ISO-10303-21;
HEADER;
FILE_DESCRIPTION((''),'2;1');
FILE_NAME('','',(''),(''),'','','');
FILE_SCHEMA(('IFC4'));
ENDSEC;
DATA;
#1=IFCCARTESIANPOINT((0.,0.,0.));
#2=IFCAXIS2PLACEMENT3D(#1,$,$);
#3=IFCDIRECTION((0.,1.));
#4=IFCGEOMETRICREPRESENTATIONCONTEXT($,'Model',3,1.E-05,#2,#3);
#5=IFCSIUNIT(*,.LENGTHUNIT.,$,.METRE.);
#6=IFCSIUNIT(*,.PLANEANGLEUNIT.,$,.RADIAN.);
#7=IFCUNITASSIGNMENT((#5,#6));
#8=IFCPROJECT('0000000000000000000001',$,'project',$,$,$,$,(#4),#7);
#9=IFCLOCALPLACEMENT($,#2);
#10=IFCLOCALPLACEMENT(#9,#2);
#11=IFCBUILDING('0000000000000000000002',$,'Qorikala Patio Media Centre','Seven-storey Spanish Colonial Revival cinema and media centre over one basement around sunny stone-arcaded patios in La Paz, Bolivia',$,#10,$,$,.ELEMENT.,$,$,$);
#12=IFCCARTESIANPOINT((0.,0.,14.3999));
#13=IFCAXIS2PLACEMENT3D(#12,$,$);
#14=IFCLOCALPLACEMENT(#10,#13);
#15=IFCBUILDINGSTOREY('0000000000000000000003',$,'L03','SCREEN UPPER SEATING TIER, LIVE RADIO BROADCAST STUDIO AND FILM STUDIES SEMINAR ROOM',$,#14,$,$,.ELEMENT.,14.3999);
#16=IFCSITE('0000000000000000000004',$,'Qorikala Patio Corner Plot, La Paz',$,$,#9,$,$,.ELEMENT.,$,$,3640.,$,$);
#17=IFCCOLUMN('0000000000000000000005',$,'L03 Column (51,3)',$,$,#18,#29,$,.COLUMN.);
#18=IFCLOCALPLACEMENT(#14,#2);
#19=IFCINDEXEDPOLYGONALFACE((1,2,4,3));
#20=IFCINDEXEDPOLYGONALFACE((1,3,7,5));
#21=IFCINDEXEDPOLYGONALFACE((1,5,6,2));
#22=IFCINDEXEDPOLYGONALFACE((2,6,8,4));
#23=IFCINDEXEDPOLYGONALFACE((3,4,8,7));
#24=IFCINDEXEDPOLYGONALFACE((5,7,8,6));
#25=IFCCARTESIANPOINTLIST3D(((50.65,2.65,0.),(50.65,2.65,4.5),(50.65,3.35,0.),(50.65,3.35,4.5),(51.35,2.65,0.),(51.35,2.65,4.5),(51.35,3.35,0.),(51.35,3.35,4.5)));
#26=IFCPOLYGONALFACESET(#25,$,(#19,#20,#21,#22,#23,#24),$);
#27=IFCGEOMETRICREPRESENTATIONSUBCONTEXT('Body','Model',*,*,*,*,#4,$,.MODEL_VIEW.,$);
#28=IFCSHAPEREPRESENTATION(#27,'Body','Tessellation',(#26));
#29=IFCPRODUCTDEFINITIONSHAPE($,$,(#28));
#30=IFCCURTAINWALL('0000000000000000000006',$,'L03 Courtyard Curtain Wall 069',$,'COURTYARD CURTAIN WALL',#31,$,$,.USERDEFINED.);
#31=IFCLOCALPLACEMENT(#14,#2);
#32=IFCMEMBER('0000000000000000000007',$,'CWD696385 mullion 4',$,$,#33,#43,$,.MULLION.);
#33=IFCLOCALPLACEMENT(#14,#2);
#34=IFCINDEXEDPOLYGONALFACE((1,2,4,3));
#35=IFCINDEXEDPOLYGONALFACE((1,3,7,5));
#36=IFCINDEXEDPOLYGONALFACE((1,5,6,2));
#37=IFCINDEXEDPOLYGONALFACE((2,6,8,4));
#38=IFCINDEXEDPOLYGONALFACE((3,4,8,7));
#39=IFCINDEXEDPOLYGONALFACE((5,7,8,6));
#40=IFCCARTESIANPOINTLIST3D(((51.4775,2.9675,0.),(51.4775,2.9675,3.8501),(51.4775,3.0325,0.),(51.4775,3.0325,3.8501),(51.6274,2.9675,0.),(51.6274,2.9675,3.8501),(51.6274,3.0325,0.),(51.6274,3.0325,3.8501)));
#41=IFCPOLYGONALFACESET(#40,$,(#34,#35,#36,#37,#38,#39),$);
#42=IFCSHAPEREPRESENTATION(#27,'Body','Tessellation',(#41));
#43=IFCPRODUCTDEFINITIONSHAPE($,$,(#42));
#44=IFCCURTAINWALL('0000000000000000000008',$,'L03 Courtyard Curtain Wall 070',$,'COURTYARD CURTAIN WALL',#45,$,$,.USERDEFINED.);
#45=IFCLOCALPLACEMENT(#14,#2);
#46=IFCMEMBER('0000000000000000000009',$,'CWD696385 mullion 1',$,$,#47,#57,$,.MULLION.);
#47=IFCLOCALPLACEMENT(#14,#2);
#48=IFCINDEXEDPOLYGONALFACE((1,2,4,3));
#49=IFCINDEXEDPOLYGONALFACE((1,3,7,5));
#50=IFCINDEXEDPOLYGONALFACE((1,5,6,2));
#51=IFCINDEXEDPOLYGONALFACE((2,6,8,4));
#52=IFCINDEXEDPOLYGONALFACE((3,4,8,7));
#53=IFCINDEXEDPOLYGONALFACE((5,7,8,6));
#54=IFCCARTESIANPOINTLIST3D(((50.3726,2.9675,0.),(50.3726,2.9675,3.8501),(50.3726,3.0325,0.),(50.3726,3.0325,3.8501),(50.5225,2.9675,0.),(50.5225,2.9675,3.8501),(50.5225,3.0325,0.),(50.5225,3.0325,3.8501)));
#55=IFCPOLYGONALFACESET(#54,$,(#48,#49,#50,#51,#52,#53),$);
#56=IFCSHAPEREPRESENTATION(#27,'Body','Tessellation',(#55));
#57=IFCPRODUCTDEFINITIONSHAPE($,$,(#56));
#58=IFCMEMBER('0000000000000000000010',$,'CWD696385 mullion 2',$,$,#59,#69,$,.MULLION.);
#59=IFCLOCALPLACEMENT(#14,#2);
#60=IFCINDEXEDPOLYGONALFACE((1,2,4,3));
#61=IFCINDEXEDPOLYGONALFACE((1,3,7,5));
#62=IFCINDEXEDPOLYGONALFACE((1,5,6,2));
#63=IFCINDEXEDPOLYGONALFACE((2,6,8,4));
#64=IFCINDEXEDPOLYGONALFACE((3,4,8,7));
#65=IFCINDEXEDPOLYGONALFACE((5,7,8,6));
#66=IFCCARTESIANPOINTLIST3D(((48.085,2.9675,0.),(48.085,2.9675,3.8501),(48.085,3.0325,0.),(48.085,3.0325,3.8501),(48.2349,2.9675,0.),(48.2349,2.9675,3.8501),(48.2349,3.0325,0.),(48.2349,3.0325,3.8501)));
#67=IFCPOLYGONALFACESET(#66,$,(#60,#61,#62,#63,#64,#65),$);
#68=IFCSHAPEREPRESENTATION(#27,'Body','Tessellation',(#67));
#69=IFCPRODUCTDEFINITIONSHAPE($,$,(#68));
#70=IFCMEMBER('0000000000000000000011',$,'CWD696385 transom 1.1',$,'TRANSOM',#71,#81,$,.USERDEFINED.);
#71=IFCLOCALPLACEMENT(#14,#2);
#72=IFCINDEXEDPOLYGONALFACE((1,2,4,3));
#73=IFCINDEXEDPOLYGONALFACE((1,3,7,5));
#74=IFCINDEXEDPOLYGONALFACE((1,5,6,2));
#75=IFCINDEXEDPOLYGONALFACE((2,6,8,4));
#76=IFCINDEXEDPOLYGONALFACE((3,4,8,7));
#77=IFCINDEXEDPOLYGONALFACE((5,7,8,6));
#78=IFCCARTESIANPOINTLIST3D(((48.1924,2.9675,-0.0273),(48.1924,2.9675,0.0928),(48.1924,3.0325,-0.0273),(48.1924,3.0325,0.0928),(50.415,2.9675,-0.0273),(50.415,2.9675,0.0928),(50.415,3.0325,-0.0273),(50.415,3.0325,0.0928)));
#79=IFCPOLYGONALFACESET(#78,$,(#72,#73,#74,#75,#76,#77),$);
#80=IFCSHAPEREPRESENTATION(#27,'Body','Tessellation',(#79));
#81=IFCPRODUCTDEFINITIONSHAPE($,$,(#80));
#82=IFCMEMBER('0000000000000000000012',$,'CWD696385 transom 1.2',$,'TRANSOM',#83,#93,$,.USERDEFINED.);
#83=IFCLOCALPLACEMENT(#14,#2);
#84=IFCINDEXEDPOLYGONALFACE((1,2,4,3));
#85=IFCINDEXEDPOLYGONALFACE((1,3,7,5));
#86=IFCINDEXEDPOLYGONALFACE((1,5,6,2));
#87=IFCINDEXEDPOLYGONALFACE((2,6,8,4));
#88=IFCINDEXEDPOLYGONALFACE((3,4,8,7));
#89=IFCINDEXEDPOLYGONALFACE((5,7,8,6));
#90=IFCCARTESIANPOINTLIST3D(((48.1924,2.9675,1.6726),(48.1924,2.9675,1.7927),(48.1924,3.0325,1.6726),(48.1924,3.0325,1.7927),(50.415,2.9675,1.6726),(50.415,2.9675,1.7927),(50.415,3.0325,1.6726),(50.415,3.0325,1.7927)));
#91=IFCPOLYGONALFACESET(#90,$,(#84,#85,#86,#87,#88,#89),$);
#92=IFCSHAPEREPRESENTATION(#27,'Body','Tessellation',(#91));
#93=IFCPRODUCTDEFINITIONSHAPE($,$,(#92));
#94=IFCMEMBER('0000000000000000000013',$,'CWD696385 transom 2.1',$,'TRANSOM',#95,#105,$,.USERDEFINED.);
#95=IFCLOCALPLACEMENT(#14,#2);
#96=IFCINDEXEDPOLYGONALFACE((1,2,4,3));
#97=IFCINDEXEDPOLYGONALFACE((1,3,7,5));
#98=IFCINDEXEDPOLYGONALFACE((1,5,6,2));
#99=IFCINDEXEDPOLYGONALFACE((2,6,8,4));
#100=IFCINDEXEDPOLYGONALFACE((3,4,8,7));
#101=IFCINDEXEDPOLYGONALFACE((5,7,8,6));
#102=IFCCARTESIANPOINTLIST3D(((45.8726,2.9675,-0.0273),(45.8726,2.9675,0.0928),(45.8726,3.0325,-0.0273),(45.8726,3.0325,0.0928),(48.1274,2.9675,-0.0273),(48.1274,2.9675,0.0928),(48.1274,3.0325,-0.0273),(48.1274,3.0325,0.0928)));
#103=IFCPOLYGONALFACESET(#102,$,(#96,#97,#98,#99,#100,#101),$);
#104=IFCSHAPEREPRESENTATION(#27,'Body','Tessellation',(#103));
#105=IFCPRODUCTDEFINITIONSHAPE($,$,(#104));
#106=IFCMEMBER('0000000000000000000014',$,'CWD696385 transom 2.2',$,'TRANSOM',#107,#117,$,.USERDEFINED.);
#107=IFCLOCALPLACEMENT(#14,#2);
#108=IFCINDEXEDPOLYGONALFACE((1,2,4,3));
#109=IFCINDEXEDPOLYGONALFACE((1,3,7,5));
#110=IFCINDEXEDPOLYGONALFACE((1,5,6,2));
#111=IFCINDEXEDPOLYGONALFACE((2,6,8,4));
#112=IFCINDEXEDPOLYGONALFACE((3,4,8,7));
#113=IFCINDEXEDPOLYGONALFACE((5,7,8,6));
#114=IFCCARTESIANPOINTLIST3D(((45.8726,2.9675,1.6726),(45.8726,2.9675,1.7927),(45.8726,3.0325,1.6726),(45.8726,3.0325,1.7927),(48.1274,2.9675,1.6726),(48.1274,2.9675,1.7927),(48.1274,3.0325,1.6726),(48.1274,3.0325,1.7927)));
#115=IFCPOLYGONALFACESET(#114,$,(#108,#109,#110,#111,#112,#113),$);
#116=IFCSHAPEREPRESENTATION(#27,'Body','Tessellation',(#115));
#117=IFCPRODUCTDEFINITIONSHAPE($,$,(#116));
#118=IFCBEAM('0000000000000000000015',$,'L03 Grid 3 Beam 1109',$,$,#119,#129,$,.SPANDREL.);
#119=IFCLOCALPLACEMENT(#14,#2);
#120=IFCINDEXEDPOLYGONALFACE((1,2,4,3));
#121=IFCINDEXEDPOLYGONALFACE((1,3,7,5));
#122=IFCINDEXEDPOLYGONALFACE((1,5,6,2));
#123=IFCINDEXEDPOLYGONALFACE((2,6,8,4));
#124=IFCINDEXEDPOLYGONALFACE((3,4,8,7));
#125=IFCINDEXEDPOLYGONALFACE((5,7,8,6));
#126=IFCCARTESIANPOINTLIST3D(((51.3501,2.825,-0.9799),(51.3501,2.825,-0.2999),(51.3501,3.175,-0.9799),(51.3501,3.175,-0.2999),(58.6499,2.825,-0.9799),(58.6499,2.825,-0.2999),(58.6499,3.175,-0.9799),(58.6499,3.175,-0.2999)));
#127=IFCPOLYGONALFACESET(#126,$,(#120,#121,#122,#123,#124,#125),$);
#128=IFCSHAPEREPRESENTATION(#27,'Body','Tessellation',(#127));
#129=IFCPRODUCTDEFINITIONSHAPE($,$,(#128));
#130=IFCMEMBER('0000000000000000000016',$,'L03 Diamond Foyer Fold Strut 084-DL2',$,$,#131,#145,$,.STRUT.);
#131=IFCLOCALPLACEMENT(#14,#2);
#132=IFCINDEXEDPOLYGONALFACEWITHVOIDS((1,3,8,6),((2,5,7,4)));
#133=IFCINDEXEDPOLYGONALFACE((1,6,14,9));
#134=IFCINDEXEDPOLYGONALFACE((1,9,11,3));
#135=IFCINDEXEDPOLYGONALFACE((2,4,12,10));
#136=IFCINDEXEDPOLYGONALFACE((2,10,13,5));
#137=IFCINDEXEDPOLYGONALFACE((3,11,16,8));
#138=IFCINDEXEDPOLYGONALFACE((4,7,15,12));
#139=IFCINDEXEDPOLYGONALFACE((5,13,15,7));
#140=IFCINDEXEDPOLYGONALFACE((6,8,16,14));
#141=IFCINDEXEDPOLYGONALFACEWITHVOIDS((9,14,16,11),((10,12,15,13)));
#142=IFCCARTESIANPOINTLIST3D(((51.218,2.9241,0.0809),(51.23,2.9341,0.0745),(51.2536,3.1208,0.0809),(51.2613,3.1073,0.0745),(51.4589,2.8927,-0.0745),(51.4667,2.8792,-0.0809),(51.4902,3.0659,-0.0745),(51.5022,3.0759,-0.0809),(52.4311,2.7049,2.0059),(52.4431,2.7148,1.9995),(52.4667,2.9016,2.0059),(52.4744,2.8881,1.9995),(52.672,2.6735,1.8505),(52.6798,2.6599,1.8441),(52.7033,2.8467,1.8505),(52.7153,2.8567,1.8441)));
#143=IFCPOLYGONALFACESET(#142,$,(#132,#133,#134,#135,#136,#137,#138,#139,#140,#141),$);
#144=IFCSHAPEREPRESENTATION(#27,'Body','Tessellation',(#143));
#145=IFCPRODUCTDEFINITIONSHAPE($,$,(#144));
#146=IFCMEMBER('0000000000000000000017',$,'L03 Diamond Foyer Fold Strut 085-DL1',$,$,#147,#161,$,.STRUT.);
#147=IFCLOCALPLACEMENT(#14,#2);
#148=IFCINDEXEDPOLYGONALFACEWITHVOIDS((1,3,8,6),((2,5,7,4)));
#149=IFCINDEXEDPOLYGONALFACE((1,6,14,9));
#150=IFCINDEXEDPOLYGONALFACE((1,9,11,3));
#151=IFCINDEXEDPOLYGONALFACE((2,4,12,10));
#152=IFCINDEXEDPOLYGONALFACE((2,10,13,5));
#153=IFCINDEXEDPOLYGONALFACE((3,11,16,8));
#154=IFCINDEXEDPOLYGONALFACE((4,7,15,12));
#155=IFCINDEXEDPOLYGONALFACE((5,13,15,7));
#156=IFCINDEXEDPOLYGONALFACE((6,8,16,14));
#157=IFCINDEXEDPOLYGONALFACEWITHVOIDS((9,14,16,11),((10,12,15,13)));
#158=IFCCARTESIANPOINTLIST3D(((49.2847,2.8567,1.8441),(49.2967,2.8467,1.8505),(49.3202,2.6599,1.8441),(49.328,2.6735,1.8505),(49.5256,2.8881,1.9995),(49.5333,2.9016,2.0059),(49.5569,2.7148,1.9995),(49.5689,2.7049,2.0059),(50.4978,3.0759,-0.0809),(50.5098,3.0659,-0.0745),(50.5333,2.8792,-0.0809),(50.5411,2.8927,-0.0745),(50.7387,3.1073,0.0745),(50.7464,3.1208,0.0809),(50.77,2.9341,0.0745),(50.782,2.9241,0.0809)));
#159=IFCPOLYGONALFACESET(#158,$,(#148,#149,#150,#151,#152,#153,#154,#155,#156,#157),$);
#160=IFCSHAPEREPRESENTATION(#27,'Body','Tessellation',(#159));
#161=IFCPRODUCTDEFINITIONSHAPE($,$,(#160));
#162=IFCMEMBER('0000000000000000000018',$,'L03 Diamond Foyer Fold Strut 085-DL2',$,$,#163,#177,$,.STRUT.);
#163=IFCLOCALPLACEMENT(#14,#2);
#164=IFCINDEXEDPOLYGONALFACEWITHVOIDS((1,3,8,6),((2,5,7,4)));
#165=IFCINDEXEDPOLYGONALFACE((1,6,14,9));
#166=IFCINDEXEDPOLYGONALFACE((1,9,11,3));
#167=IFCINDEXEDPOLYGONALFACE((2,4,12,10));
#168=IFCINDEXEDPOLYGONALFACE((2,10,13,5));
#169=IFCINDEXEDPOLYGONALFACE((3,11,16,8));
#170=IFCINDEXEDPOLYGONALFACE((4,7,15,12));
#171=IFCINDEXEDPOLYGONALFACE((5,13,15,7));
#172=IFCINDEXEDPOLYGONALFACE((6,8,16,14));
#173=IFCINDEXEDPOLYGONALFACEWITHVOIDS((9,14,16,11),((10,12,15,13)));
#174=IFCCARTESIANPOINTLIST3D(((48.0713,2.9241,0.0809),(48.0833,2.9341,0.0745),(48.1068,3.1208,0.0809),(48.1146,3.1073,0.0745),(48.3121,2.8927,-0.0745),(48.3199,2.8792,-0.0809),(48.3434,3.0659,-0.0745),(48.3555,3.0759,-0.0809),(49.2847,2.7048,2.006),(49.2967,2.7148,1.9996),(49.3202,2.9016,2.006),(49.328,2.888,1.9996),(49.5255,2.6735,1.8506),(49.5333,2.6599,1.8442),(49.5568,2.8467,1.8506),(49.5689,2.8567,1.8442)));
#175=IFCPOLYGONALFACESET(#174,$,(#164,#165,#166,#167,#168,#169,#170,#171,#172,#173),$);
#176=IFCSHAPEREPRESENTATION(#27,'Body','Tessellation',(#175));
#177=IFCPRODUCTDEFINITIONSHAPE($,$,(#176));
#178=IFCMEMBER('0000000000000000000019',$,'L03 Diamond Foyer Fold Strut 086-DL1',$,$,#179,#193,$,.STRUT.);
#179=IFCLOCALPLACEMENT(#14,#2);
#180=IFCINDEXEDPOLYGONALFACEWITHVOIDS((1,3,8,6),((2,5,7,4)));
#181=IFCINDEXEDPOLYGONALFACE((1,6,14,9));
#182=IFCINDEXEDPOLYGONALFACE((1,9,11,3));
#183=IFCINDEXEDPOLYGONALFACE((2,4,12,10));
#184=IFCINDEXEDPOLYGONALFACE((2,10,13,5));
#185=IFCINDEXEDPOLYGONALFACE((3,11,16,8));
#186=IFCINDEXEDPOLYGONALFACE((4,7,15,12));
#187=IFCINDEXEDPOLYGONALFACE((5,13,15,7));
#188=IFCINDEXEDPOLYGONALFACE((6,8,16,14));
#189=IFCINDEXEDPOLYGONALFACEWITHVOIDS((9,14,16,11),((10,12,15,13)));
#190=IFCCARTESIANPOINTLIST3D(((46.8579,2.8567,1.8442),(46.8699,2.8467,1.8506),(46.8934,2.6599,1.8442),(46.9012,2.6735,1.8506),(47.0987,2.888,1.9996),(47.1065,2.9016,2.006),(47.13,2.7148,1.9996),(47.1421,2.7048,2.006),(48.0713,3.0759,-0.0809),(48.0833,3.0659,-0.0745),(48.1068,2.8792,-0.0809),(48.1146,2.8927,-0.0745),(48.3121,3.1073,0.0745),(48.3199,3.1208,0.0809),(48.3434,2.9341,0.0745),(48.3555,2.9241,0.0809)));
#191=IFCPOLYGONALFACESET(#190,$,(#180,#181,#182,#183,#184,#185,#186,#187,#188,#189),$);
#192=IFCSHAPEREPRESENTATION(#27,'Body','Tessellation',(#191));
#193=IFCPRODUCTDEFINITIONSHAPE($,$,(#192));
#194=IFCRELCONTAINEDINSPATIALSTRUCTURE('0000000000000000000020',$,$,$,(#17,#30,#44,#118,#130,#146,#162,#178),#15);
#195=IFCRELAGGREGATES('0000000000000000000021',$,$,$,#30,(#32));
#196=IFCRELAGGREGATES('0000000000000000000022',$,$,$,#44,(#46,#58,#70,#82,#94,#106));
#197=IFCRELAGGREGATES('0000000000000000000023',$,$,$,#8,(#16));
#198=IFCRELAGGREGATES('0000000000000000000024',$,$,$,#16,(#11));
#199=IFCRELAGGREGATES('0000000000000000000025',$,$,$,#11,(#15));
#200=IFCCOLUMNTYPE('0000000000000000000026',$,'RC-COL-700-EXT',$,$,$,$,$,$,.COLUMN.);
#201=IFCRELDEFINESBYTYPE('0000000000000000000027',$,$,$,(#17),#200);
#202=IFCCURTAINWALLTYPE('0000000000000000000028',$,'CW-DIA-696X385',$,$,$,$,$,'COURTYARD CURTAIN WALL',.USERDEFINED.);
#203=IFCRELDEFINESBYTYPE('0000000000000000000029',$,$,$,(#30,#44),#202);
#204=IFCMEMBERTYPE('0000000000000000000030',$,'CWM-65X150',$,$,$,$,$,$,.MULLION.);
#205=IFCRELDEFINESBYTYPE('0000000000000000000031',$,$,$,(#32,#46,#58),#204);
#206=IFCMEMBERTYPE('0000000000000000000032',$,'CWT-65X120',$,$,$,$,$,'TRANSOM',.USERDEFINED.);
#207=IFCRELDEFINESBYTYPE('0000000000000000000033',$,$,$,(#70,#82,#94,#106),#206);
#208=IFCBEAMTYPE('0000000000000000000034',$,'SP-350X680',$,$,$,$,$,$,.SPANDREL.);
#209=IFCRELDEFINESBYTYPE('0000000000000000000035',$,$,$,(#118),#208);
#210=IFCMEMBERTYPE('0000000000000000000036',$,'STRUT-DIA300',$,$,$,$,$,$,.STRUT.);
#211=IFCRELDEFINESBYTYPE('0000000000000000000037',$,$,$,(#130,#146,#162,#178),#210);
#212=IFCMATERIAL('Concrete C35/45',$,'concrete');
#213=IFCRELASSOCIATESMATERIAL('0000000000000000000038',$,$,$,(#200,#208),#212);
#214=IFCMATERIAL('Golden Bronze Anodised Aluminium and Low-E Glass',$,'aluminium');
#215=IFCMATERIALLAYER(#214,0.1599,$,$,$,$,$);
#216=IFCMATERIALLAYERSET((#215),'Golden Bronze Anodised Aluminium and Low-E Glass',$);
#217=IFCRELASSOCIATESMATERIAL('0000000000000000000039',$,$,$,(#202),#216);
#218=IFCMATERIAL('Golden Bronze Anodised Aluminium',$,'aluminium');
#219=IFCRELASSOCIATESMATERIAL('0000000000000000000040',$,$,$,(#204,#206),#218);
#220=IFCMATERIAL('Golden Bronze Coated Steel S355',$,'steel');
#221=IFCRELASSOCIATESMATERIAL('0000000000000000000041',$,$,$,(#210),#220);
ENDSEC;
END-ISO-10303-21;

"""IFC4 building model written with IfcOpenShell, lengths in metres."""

from ifc_helpers import new_model, si_unit, direction, frame, origin, origin_2d, place, context, subcontext, project, spatial, rectangle, hollow_rectangle, extrude, material, layer, layer_set, material_profile, profile_set, type_object, element, aggregate, save


model = new_model("IFC4")

# Units and contexts
model_context = context("Model", 3, precision=1e-05, world=origin(), true_north=direction((0.0, 1.0)))
body_context = subcontext(model_context, "Body", "Model", "MODEL_VIEW")
ifc_project = project(units=[si_unit("LENGTHUNIT", "METRE"), si_unit("PLANEANGLEUNIT", "RADIAN")], contexts=[model_context])

# Site, building, storey
site_placement = place(None, origin())
site = spatial("IfcSite", under=ifc_project, at=site_placement, Name="Qorikala Patio Corner Plot, La Paz", CompositionType="ELEMENT", RefElevation=3640.0)
building_placement = place(site_placement, origin())
building = spatial("IfcBuilding", under=site, at=building_placement, Name="Qorikala Patio Media Centre", Description="Seven-storey Spanish Colonial Revival cinema and media centre over one basement around sunny stone-arcaded patios in La Paz, Bolivia", CompositionType="ELEMENT")
storey_placement = place(building_placement, frame((0.0, 0.0, 14.3999)))
storey = spatial("IfcBuildingStorey", under=building, at=storey_placement, Name="L03", Description="SCREEN UPPER SEATING TIER, LIVE RADIO BROADCAST STUDIO AND FILM STUDIES SEMINAR ROOM", CompositionType="ELEMENT", Elevation=14.3999)

# Column
ifc_material_1 = material(Name="Concrete C35/45", Category="concrete")
ifc_material_profile_1 = material_profile(ifc_material_1, rectangle(XDim=0.7, YDim=0.7, at=origin_2d()), Name="RC 700x700")
ifc_profile_set_1 = profile_set([ifc_material_profile_1], Name="Concrete C35/45")
column_type = type_object("IfcColumnType", Name="RC-COL-700-EXT", PredefinedType="COLUMN", material=ifc_profile_set_1)
column_placement = place(storey_placement, frame((51.0, 3.0, 0.0), z_axis=(0.0, 0.0, 1.0), x_axis=(1.0, 0.0, 0.0)))
element("IfcColumn", 1, at=column_placement, inside=storey, type_object=column_type, Name="L03 Column (51,3)", PredefinedType="COLUMN", context=body_context, shape_type="SweptSolid", body=[
    extrude(rectangle(XDim=0.7, YDim=0.7, at=origin_2d()), origin(), (0.0, 0.0, 1.0), 4.5),
])

# Curtain wall, member
ifc_material_2 = material(Name="Golden Bronze Anodised Aluminium and Low-E Glass", Category="aluminium")
ifc_layer_1 = layer(ifc_material_2, 0.1599)
ifc_layer_set_1 = layer_set([ifc_layer_1], Name="Golden Bronze Anodised Aluminium and Low-E Glass")
curtain_wall_type = type_object("IfcCurtainWallType", Name="CW-DIA-696X385", ElementType="COURTYARD CURTAIN WALL", PredefinedType="USERDEFINED", material=ifc_layer_set_1)
curtain_wall_1_placement = place(storey_placement, origin())
curtain_wall_1 = element("IfcCurtainWall", 2, at=curtain_wall_1_placement, inside=storey, type_object=curtain_wall_type, Name="L03 Courtyard Curtain Wall 069", ObjectType="COURTYARD CURTAIN WALL", PredefinedType="USERDEFINED")
ifc_material_3 = material(Name="Golden Bronze Anodised Aluminium", Category="aluminium")
ifc_material_profile_2 = material_profile(ifc_material_3, rectangle(XDim=0.0649, YDim=0.1499, at=origin_2d()), Name="ALU MULLION 65x150")
ifc_profile_set_2 = profile_set([ifc_material_profile_2], Name="Golden Bronze Anodised Aluminium")
member_type_1 = type_object("IfcMemberType", Name="CWM-65X150", PredefinedType="MULLION", material=ifc_profile_set_2)
member_1_placement = place(storey_placement, frame((51.5525, 3.0, 0.0), z_axis=(0.0, 0.0, 1.0), x_axis=(0.0, -1.0, 0.0)))
member_1 = element("IfcMember", 3, at=member_1_placement, type_object=member_type_1, Name="CWD696385 mullion 4", PredefinedType="MULLION", context=body_context, shape_type="SweptSolid", body=[
    extrude(rectangle(XDim=0.0649, YDim=0.1499, at=origin_2d()), origin(), (0.0, 0.0, 1.0), 3.8501),
])
aggregate(curtain_wall_1, [member_1])

# Curtain wall, members
curtain_wall_2_placement = place(storey_placement, origin())
curtain_wall_2 = element("IfcCurtainWall", 4, at=curtain_wall_2_placement, inside=storey, type_object=curtain_wall_type, Name="L03 Courtyard Curtain Wall 070", ObjectType="COURTYARD CURTAIN WALL", PredefinedType="USERDEFINED")
member_2_placement = place(storey_placement, frame((50.4475, 3.0, 0.0), z_axis=(0.0, 0.0, 1.0), x_axis=(0.0, -1.0, 0.0)))
member_2 = element("IfcMember", 5, at=member_2_placement, type_object=member_type_1, Name="CWD696385 mullion 1", PredefinedType="MULLION", context=body_context, shape_type="SweptSolid", body=[
    extrude(rectangle(XDim=0.0649, YDim=0.1499, at=origin_2d()), origin(), (0.0, 0.0, 1.0), 3.8501),
])
member_3_placement = place(storey_placement, frame((48.1599, 3.0, 0.0), z_axis=(0.0, 0.0, 1.0), x_axis=(0.0, -1.0, 0.0)))
member_3 = element("IfcMember", 6, at=member_3_placement, type_object=member_type_1, Name="CWD696385 mullion 2", PredefinedType="MULLION", context=body_context, shape_type="SweptSolid", body=[
    extrude(rectangle(XDim=0.0649, YDim=0.1499, at=origin_2d()), origin(), (0.0, 0.0, 1.0), 3.8501),
])
ifc_material_profile_3 = material_profile(ifc_material_3, rectangle(XDim=0.0649, YDim=0.1201, at=origin_2d()), Name="ALU TRANSOM 65x120")
ifc_profile_set_3 = profile_set([ifc_material_profile_3], Name="Golden Bronze Anodised Aluminium")
member_type_2 = type_object("IfcMemberType", Name="CWT-65X120", ElementType="TRANSOM", PredefinedType="USERDEFINED", material=ifc_profile_set_3)
member_4_placement = place(storey_placement, frame((50.415, 3.0, 0.0327), z_axis=(-1.0, 0.0, 0.0), x_axis=(0.0, -1.0, 0.0)))
member_4 = element("IfcMember", 7, at=member_4_placement, type_object=member_type_2, Name="CWD696385 transom 1.1", ObjectType="TRANSOM", PredefinedType="USERDEFINED", context=body_context, shape_type="SweptSolid", body=[
    extrude(rectangle(XDim=0.0649, YDim=0.1201, at=origin_2d()), origin(), (0.0, 0.0, 1.0), 2.2227),
])
member_5_placement = place(storey_placement, frame((50.415, 3.0, 1.7327), z_axis=(-1.0, 0.0, 0.0), x_axis=(0.0, -1.0, 0.0)))
member_5 = element("IfcMember", 8, at=member_5_placement, type_object=member_type_2, Name="CWD696385 transom 1.2", ObjectType="TRANSOM", PredefinedType="USERDEFINED", context=body_context, shape_type="SweptSolid", body=[
    extrude(rectangle(XDim=0.0649, YDim=0.1201, at=origin_2d()), origin(), (0.0, 0.0, 1.0), 2.2227),
])
member_6_placement = place(storey_placement, frame((48.1274, 3.0, 0.0327), z_axis=(-1.0, 0.0, 0.0), x_axis=(0.0, -1.0, 0.0)))
member_6 = element("IfcMember", 9, at=member_6_placement, type_object=member_type_2, Name="CWD696385 transom 2.1", ObjectType="TRANSOM", PredefinedType="USERDEFINED", context=body_context, shape_type="SweptSolid", body=[
    extrude(rectangle(XDim=0.0649, YDim=0.1201, at=origin_2d()), origin(), (0.0, 0.0, 1.0), 2.2549),
])
member_7_placement = place(storey_placement, frame((48.1274, 3.0, 1.7327), z_axis=(-1.0, 0.0, 0.0), x_axis=(0.0, -1.0, 0.0)))
member_7 = element("IfcMember", 10, at=member_7_placement, type_object=member_type_2, Name="CWD696385 transom 2.2", ObjectType="TRANSOM", PredefinedType="USERDEFINED", context=body_context, shape_type="SweptSolid", body=[
    extrude(rectangle(XDim=0.0649, YDim=0.1201, at=origin_2d()), origin(), (0.0, 0.0, 1.0), 2.2549),
])

# Beam
ifc_material_profile_4 = material_profile(ifc_material_1, rectangle(XDim=0.3501, YDim=0.6799, at=origin_2d()), Name="RC 350x680")
ifc_profile_set_4 = profile_set([ifc_material_profile_4], Name="Concrete C35/45")
beam_type = type_object("IfcBeamType", Name="SP-350X680", PredefinedType="SPANDREL", material=ifc_profile_set_4)
beam_placement = place(storey_placement, frame((51.3501, 3.0, -0.6399), z_axis=(1.0, 0.0, 0.0), x_axis=(0.0, 1.0, 0.0)))
element("IfcBeam", 11, at=beam_placement, inside=storey, type_object=beam_type, Name="L03 Grid 3 Beam 1109", PredefinedType="SPANDREL", context=body_context, shape_type="SweptSolid", body=[
    extrude(rectangle(XDim=0.3501, YDim=0.6799, at=origin_2d()), origin(), (0.0, 0.0, 1.0), 7.2998),
])

# Members
ifc_material_4 = material(Name="Golden Bronze Coated Steel S355", Category="steel")
ifc_material_profile_5 = material_profile(ifc_material_4, hollow_rectangle(XDim=0.2, YDim=0.3, WallThickness=0.012, at=origin_2d()), Name="HSS300X200X12")
ifc_profile_set_5 = profile_set([ifc_material_profile_5], Name="Golden Bronze Coated Steel S355")
member_type_3 = type_object("IfcMemberType", Name="STRUT-DIA300", PredefinedType="STRUT", material=ifc_profile_set_5)
for number, where, z_axis, x_axis, name in (
    (12, (51.3601, 3.0, 0.0), (0.530691, -0.095907, 0.842121), (0.17784, 0.984059, 0.0), "L03 Diamond Foyer Fold Strut 084-DL2"),
    (13, (50.6399, 3.0, 0.0), (-0.530691, -0.095907, 0.842121), (0.17784, -0.984059, 0.0), "L03 Diamond Foyer Fold Strut 085-DL1"),
):
    element("IfcMember", number, at=place(storey_placement, frame(where, z_axis=z_axis, x_axis=x_axis)), inside=storey, type_object=member_type_3, Name=name, PredefinedType="STRUT", context=body_context, shape_type="SweptSolid", body=[
        extrude(hollow_rectangle(XDim=0.2, YDim=0.3, WallThickness=0.012, at=origin_2d()), origin(), (0.0, 0.0, 1.0), 2.2859),
    ])
for number, where, z_axis, x_axis, name in (
    (14, (48.2134, 3.0, 0.0), (0.530768, -0.095901, 0.842074), (0.177805, 0.984066, 0.0), "L03 Diamond Foyer Fold Strut 085-DL2"),
    (15, (48.2134, 3.0, 0.0), (-0.530768, -0.095901, 0.842074), (0.177805, -0.984066, 0.0), "L03 Diamond Foyer Fold Strut 086-DL1"),
):
    element("IfcMember", number, at=place(storey_placement, frame(where, z_axis=z_axis, x_axis=x_axis)), inside=storey, type_object=member_type_3, Name=name, PredefinedType="STRUT", context=body_context, shape_type="SweptSolid", body=[
        extrude(hollow_rectangle(XDim=0.2, YDim=0.3, WallThickness=0.012, at=origin_2d()), origin(), (0.0, 0.0, 1.0), 2.2861),
    ])

aggregate(curtain_wall_2, [member_2, member_3, member_4, member_5, member_6, member_7])

save(model, "model.ifc")
